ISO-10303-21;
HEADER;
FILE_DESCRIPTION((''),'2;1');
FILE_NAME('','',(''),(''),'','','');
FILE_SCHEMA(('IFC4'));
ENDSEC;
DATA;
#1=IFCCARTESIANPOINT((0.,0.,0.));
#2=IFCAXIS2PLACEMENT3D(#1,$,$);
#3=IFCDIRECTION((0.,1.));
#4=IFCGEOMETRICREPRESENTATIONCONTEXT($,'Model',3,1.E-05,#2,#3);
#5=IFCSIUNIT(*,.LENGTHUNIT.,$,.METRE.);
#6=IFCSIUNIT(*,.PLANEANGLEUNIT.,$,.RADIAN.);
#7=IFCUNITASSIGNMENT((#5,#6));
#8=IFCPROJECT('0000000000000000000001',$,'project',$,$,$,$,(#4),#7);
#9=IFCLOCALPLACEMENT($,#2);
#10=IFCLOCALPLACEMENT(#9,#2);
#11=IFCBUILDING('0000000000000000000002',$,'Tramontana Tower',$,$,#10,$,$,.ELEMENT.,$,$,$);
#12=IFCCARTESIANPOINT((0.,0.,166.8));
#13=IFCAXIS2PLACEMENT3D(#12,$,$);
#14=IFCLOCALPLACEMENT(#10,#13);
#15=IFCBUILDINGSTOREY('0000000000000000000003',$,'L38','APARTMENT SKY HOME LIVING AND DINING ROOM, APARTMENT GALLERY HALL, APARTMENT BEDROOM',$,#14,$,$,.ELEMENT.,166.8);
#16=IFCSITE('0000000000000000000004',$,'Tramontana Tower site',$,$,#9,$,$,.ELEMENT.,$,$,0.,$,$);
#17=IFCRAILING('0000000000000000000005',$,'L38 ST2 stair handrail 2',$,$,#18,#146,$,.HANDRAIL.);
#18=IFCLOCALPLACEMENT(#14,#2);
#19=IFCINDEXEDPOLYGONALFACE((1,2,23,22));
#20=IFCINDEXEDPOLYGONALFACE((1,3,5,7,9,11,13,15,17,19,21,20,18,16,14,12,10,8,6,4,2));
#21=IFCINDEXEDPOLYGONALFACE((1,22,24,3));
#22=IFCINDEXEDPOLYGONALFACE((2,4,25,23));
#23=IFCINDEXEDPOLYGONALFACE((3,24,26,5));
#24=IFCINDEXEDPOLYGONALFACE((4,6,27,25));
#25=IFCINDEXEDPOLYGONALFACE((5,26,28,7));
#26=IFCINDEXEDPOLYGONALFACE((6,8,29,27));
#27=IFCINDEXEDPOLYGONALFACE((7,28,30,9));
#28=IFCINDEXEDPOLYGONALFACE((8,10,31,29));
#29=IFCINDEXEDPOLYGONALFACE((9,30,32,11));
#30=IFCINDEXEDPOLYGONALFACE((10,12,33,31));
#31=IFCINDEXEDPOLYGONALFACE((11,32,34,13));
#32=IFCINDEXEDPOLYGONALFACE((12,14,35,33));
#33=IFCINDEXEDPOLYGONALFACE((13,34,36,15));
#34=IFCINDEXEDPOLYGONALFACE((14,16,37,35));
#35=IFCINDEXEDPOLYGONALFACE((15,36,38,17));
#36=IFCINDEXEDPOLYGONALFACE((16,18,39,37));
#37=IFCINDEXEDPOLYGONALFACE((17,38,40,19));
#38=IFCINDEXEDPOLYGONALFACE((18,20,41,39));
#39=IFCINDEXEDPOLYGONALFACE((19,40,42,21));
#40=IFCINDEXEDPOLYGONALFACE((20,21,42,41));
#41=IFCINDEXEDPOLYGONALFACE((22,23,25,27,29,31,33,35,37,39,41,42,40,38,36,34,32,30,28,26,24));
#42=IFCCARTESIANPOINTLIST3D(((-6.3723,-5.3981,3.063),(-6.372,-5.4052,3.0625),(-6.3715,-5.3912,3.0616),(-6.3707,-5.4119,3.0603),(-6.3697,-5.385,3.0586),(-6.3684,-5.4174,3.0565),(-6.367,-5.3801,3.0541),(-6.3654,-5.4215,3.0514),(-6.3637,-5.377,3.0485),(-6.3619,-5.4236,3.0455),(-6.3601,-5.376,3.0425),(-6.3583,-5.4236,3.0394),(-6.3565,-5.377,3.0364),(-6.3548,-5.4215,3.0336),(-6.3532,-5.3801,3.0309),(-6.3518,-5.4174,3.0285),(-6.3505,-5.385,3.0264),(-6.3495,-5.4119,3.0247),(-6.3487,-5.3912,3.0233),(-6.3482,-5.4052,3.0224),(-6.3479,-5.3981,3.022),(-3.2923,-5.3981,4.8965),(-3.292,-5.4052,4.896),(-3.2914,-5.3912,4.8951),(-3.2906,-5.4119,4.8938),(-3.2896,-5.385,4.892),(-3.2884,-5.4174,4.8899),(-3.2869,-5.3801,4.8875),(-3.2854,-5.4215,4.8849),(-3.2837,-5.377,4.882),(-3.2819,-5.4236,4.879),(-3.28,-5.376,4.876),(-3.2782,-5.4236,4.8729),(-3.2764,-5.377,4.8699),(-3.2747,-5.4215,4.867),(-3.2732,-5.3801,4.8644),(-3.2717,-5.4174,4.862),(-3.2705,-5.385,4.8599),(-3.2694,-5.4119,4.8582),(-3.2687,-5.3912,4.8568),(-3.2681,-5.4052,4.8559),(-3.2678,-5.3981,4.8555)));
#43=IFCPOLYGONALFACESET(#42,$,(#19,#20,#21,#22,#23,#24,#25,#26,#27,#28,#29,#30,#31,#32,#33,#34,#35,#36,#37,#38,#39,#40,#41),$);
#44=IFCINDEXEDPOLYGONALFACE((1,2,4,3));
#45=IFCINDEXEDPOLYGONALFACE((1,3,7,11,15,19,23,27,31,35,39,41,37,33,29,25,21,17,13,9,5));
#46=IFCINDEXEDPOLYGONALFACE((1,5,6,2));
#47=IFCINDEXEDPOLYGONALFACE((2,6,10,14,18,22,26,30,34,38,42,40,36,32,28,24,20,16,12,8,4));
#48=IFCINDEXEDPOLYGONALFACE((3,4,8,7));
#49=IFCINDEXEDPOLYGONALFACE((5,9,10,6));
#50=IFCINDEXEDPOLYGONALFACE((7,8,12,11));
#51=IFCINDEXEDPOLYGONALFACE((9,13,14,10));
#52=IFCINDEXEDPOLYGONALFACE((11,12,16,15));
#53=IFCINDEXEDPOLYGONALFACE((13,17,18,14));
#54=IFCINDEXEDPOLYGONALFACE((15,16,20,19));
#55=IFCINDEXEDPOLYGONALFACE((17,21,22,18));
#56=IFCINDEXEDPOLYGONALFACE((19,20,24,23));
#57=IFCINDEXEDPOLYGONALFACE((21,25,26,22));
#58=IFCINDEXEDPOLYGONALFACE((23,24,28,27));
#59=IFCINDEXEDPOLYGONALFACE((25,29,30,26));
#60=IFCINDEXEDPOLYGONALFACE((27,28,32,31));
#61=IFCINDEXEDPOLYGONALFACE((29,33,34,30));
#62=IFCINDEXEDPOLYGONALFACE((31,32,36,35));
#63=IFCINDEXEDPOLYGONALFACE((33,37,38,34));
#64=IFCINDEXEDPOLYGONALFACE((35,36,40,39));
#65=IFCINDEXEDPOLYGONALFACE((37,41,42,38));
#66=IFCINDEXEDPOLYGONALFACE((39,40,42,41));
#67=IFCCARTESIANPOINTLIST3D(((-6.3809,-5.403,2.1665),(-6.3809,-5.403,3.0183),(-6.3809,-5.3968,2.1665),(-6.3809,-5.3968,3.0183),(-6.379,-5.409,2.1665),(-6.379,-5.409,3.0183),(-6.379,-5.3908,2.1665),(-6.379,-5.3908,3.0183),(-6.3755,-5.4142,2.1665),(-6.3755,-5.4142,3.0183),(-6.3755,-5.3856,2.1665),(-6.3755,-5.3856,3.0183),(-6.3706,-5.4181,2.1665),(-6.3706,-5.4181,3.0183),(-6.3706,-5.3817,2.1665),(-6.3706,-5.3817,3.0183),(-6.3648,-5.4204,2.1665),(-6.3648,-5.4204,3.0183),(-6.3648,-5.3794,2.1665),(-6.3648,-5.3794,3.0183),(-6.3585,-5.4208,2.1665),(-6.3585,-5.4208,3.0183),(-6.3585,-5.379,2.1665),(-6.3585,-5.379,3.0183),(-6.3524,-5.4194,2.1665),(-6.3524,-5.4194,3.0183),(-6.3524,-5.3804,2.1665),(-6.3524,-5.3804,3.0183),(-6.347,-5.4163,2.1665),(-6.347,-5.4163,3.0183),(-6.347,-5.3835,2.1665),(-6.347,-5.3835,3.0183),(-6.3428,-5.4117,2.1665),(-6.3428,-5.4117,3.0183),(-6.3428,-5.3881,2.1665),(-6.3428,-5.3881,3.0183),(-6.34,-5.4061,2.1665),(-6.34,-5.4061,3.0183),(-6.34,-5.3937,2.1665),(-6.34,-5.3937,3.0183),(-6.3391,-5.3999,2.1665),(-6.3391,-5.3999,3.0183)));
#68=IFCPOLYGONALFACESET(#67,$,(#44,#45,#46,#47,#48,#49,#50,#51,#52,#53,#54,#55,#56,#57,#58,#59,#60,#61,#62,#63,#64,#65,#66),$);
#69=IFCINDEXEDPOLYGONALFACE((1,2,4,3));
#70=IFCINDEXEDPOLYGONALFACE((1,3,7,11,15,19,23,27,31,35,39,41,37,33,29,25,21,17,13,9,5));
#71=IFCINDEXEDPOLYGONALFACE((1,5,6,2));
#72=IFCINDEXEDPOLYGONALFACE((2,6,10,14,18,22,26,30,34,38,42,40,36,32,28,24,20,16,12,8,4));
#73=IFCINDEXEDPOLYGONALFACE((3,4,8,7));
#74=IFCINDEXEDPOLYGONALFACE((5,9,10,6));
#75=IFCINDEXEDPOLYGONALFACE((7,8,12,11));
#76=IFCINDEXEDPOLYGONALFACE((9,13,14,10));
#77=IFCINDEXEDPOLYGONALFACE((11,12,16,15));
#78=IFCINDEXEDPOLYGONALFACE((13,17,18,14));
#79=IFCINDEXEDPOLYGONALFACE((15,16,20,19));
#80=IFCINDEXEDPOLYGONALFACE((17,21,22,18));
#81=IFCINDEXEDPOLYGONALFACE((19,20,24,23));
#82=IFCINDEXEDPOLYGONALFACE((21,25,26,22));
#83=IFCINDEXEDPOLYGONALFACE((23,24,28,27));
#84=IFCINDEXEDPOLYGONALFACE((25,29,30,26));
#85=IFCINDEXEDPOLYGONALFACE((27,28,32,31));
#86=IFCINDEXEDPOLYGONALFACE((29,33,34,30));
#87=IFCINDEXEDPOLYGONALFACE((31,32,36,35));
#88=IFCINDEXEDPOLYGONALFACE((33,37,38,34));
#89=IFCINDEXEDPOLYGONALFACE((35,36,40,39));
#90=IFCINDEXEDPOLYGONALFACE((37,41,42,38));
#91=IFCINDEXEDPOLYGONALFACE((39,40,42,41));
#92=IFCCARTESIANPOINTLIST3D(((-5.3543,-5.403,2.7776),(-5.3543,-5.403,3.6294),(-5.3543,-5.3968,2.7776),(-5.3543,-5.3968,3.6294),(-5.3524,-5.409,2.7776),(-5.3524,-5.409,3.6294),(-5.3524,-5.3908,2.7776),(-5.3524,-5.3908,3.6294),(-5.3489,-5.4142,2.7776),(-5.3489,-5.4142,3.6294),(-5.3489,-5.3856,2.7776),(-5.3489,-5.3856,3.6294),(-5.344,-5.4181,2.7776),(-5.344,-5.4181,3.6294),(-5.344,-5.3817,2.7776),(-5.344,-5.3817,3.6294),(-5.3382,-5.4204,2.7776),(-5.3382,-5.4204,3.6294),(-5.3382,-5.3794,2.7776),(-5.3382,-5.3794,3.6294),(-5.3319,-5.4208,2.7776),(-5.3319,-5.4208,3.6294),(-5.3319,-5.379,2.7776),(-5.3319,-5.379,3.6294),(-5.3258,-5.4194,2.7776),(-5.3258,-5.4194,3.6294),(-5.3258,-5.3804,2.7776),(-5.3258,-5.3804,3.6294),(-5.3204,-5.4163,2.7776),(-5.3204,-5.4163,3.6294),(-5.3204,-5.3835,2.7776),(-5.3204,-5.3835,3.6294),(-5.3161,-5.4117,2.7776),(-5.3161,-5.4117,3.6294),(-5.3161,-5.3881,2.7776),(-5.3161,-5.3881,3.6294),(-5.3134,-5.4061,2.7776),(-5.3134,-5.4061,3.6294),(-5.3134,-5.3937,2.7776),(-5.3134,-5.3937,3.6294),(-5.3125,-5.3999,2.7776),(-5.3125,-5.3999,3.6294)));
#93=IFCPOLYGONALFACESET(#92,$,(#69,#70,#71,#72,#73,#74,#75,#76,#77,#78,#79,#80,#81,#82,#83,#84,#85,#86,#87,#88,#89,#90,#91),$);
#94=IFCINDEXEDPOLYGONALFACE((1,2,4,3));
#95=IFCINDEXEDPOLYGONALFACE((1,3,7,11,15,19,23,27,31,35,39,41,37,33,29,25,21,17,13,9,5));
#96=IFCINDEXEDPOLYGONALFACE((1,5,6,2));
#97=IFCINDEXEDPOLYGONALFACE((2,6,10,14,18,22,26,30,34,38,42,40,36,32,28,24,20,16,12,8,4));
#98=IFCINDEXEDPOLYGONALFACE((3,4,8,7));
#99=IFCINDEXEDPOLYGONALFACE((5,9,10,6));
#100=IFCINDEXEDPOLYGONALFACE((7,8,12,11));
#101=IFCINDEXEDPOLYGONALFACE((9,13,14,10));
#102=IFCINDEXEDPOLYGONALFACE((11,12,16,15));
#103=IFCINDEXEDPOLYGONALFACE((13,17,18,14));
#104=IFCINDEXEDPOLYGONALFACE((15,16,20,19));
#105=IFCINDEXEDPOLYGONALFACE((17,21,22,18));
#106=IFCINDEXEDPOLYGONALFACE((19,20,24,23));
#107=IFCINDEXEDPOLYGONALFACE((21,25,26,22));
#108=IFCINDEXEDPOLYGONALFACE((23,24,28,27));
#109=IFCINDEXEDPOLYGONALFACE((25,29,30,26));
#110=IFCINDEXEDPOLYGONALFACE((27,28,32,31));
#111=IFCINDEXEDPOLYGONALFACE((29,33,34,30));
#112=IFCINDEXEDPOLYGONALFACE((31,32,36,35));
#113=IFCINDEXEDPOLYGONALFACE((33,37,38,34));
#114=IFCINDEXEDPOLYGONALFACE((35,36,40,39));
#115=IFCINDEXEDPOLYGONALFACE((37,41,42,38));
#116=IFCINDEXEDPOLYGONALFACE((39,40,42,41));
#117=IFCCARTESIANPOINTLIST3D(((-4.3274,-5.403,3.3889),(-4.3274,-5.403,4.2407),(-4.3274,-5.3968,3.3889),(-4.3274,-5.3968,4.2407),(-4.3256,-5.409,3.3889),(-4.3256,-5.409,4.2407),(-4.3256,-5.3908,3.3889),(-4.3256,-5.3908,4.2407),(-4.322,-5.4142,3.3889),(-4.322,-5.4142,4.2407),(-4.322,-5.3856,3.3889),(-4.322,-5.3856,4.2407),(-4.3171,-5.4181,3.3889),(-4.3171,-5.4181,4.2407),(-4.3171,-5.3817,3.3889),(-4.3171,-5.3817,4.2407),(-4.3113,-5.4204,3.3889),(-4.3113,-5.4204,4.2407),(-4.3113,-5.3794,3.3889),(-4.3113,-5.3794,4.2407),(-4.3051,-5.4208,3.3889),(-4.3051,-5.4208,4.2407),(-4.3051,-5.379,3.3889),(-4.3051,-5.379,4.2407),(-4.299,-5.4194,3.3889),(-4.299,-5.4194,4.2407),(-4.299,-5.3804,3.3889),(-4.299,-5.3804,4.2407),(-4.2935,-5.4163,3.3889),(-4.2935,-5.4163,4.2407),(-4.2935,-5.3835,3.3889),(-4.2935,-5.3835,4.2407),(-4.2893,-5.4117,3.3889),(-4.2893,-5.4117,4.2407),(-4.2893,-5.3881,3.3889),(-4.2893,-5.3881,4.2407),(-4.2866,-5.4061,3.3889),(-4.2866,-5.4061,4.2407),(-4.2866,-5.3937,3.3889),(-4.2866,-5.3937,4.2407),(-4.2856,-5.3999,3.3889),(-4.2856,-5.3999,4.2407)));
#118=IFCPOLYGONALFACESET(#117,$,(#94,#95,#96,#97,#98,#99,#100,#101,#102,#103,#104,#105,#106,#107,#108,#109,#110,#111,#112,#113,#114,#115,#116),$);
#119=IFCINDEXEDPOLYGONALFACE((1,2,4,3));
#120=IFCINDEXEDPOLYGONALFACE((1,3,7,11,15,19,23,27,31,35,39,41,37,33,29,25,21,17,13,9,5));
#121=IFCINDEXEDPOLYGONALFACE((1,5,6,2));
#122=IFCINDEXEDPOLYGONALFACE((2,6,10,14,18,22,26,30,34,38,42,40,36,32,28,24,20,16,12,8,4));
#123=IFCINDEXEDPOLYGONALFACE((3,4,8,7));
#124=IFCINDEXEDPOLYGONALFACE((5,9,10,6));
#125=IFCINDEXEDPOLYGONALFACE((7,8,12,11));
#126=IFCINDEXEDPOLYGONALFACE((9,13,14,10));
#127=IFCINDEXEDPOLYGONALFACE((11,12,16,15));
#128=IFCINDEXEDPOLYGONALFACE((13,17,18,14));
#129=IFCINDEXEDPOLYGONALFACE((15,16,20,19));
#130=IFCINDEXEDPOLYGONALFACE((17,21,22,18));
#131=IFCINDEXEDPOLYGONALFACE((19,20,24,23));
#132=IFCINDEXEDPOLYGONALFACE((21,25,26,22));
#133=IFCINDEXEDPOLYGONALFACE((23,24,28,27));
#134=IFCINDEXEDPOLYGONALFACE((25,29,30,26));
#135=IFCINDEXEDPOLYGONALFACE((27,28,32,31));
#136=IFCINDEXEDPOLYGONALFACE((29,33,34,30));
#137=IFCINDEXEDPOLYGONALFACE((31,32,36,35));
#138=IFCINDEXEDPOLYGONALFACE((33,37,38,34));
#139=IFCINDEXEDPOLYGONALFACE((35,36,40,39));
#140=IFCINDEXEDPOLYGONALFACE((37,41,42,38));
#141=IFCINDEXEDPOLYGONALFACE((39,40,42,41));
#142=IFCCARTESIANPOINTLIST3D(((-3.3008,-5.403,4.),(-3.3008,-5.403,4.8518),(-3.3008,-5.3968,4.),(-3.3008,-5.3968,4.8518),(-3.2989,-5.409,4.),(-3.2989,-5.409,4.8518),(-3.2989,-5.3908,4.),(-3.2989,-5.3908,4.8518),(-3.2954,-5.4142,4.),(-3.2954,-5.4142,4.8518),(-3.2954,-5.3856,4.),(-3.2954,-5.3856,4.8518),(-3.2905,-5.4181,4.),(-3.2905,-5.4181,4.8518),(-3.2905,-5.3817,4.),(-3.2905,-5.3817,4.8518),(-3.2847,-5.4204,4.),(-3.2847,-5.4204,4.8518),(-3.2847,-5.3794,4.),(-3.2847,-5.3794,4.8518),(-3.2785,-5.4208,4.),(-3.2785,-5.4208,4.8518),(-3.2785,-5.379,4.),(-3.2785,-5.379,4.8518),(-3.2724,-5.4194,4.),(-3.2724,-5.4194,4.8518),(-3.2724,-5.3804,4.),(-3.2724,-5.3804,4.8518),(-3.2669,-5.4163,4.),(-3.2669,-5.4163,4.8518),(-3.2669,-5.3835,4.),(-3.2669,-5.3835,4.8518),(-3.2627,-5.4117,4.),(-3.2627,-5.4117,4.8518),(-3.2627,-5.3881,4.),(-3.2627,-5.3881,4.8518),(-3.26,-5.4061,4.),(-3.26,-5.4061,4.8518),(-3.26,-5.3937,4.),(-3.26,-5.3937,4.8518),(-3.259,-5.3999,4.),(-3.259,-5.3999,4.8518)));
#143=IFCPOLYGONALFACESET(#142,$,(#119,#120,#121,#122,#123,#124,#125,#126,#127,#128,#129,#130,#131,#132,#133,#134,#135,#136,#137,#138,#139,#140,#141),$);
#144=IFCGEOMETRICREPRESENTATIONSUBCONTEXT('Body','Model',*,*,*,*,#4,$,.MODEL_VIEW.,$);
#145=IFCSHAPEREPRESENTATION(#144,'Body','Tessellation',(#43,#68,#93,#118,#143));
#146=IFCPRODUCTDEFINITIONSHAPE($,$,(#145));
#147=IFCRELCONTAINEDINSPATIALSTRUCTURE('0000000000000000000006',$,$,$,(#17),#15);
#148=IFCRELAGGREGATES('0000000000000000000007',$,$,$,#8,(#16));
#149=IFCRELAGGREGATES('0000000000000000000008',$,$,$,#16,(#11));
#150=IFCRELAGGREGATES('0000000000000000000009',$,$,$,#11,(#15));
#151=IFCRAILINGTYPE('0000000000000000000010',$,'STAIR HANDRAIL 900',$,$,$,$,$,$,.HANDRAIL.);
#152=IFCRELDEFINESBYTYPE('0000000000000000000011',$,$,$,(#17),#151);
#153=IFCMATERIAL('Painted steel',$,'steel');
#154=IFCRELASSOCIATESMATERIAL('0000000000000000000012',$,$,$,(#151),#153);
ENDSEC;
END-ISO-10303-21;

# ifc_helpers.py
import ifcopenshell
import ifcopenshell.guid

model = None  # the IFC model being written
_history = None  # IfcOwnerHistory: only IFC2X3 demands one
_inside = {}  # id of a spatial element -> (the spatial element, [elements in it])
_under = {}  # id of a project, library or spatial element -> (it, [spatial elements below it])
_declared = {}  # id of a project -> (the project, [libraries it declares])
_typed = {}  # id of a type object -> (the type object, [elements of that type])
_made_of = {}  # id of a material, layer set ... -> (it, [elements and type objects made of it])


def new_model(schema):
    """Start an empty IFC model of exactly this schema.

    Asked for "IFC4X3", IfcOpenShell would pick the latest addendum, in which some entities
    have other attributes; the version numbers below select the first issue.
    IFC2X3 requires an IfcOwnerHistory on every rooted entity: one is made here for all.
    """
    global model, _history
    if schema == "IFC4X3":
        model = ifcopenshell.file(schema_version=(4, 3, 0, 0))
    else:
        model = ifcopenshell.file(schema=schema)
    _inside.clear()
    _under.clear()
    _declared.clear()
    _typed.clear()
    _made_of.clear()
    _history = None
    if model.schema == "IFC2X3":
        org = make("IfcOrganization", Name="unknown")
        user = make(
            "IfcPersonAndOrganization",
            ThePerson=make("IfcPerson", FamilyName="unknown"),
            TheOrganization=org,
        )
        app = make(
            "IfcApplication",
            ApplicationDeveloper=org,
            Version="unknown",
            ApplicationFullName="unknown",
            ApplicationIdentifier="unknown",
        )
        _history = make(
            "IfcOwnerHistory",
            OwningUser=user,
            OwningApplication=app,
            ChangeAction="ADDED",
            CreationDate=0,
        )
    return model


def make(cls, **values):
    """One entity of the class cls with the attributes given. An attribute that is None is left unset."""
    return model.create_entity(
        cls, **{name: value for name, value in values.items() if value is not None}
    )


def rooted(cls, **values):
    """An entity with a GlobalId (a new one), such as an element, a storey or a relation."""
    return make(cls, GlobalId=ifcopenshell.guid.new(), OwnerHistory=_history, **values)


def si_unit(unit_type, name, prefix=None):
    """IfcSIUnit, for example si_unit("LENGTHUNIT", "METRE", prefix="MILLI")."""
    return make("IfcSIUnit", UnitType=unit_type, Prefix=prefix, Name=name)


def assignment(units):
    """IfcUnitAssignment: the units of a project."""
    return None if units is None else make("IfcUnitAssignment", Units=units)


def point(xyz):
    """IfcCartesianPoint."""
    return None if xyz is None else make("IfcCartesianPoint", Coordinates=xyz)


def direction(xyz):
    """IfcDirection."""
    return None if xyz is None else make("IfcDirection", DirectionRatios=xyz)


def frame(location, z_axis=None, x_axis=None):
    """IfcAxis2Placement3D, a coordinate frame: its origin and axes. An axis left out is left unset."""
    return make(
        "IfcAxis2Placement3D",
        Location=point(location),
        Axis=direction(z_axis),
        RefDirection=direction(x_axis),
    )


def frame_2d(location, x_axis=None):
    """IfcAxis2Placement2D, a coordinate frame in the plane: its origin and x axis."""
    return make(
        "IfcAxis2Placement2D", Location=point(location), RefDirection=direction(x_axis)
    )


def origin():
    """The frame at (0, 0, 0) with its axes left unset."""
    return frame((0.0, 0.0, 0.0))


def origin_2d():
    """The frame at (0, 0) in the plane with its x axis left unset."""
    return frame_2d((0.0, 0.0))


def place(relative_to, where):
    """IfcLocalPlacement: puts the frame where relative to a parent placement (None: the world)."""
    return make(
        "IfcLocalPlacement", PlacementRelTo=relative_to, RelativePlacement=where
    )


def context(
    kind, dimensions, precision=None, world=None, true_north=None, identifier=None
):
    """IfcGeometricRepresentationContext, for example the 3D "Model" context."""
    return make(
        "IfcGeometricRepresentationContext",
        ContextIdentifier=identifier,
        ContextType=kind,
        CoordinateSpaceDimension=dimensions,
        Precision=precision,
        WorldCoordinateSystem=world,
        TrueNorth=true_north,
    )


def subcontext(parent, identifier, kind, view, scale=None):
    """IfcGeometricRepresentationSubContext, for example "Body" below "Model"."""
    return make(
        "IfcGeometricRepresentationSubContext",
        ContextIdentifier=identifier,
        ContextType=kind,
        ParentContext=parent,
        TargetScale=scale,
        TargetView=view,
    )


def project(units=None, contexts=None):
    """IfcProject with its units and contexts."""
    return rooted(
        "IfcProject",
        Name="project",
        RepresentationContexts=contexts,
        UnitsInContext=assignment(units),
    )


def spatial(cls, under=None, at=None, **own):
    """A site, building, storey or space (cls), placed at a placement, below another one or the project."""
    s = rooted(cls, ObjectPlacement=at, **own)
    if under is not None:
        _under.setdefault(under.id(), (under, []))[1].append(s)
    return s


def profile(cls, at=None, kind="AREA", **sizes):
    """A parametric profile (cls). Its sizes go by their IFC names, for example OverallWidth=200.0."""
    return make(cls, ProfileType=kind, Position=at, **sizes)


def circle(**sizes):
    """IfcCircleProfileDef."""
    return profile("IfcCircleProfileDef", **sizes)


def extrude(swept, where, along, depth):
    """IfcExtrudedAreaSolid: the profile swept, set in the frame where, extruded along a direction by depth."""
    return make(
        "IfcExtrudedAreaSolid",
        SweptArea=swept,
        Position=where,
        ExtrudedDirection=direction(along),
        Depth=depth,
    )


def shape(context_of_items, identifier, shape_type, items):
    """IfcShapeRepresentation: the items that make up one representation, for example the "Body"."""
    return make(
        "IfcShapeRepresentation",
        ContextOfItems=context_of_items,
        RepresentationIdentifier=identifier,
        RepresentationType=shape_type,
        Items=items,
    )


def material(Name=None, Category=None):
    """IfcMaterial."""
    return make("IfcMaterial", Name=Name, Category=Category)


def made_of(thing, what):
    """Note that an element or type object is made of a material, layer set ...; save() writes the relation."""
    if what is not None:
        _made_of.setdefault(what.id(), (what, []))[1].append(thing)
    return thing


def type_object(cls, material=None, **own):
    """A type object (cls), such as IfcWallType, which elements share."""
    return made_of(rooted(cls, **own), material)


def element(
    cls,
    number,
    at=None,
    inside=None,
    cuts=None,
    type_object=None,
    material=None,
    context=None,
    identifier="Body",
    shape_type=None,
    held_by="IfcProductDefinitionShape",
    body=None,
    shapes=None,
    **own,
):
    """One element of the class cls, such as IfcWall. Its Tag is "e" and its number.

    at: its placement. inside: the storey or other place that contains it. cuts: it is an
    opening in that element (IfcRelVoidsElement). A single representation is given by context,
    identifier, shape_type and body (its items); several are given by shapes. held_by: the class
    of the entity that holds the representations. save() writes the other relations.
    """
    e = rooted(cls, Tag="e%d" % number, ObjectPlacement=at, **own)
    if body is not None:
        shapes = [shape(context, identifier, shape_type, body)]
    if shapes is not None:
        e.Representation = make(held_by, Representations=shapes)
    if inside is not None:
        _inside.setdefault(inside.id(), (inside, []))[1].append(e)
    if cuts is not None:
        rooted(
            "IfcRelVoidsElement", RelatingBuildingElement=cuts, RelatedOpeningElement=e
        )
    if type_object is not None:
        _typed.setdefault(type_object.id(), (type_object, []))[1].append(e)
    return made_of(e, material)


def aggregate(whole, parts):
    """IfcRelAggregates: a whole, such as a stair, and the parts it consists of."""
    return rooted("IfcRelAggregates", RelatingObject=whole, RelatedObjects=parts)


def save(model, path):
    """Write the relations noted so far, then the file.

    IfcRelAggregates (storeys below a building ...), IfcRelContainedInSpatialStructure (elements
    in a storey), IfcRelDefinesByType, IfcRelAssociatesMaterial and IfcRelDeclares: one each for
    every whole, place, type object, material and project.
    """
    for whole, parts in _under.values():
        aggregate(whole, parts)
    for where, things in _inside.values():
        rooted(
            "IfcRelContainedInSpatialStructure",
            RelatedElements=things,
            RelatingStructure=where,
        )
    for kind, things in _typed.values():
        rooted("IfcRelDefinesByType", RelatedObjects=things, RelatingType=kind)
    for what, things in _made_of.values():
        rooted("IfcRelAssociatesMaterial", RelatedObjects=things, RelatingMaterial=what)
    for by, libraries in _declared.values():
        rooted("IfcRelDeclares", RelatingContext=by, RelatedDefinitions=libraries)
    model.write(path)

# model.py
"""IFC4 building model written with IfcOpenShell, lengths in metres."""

from ifc_helpers import new_model, si_unit, direction, frame, origin, origin_2d, place, context, subcontext, project, spatial, circle, extrude, material, type_object, element, save


model = new_model("IFC4")

# Units and contexts
model_context = context("Model", 3, precision=1e-05, world=origin(), true_north=direction((0.0, 1.0)))
body_context = subcontext(model_context, "Body", "Model", "MODEL_VIEW")
ifc_project = project(units=[si_unit("LENGTHUNIT", "METRE"), si_unit("PLANEANGLEUNIT", "RADIAN")], contexts=[model_context])

# Site, building, storey
site_placement = place(None, origin())
site = spatial("IfcSite", under=ifc_project, at=site_placement, Name="Tramontana Tower site", CompositionType="ELEMENT", RefElevation=0.0)
building_placement = place(site_placement, origin())
building = spatial("IfcBuilding", under=site, at=building_placement, Name="Tramontana Tower", CompositionType="ELEMENT")
storey_placement = place(building_placement, frame((0.0, 0.0, 166.8)))
storey = spatial("IfcBuildingStorey", under=building, at=storey_placement, Name="L38", Description="APARTMENT SKY HOME LIVING AND DINING ROOM, APARTMENT GALLERY HALL, APARTMENT BEDROOM", CompositionType="ELEMENT", Elevation=166.8)

# Railing
ifc_material_1 = material(Name="Painted steel", Category="steel")
railing_type_1 = type_object("IfcRailingType", Name="STAIR HANDRAIL 900", PredefinedType="HANDRAIL", material=ifc_material_1)
railing_1_placement = place(storey_placement, frame((-6.3601, -5.3999, 2.1665)))
element("IfcRailing", 1, at=railing_1_placement, inside=storey, type_object=railing_type_1, Name="L38 ST2 stair handrail 2", PredefinedType="HANDRAIL", context=body_context, shape_type="SweptSolid", body=[
    extrude(circle(Radius=0.0239, at=origin_2d()), frame((0.0, 0.0, 0.876), z_axis=(0.859279, 0.0, 0.511508), x_axis=(0.0, 1.0, 0.0)), (0.0, 0.0, 1.0), 3.5845),
    extrude(circle(Radius=0.021, at=origin_2d()), origin(), (0.0, 0.0, 1.0), 0.8518),
    extrude(circle(Radius=0.021, at=origin_2d()), frame((1.0266, 0.0, 0.6111)), (0.0, 0.0, 1.0), 0.8518),
    extrude(circle(Radius=0.021, at=origin_2d()), frame((2.0535, 0.0, 1.2224)), (0.0, 0.0, 1.0), 0.8518),
    extrude(circle(Radius=0.021, at=origin_2d()), frame((3.0801, 0.0, 1.8335)), (0.0, 0.0, 1.0), 0.8518),
])

save(model, "model.ifc")
